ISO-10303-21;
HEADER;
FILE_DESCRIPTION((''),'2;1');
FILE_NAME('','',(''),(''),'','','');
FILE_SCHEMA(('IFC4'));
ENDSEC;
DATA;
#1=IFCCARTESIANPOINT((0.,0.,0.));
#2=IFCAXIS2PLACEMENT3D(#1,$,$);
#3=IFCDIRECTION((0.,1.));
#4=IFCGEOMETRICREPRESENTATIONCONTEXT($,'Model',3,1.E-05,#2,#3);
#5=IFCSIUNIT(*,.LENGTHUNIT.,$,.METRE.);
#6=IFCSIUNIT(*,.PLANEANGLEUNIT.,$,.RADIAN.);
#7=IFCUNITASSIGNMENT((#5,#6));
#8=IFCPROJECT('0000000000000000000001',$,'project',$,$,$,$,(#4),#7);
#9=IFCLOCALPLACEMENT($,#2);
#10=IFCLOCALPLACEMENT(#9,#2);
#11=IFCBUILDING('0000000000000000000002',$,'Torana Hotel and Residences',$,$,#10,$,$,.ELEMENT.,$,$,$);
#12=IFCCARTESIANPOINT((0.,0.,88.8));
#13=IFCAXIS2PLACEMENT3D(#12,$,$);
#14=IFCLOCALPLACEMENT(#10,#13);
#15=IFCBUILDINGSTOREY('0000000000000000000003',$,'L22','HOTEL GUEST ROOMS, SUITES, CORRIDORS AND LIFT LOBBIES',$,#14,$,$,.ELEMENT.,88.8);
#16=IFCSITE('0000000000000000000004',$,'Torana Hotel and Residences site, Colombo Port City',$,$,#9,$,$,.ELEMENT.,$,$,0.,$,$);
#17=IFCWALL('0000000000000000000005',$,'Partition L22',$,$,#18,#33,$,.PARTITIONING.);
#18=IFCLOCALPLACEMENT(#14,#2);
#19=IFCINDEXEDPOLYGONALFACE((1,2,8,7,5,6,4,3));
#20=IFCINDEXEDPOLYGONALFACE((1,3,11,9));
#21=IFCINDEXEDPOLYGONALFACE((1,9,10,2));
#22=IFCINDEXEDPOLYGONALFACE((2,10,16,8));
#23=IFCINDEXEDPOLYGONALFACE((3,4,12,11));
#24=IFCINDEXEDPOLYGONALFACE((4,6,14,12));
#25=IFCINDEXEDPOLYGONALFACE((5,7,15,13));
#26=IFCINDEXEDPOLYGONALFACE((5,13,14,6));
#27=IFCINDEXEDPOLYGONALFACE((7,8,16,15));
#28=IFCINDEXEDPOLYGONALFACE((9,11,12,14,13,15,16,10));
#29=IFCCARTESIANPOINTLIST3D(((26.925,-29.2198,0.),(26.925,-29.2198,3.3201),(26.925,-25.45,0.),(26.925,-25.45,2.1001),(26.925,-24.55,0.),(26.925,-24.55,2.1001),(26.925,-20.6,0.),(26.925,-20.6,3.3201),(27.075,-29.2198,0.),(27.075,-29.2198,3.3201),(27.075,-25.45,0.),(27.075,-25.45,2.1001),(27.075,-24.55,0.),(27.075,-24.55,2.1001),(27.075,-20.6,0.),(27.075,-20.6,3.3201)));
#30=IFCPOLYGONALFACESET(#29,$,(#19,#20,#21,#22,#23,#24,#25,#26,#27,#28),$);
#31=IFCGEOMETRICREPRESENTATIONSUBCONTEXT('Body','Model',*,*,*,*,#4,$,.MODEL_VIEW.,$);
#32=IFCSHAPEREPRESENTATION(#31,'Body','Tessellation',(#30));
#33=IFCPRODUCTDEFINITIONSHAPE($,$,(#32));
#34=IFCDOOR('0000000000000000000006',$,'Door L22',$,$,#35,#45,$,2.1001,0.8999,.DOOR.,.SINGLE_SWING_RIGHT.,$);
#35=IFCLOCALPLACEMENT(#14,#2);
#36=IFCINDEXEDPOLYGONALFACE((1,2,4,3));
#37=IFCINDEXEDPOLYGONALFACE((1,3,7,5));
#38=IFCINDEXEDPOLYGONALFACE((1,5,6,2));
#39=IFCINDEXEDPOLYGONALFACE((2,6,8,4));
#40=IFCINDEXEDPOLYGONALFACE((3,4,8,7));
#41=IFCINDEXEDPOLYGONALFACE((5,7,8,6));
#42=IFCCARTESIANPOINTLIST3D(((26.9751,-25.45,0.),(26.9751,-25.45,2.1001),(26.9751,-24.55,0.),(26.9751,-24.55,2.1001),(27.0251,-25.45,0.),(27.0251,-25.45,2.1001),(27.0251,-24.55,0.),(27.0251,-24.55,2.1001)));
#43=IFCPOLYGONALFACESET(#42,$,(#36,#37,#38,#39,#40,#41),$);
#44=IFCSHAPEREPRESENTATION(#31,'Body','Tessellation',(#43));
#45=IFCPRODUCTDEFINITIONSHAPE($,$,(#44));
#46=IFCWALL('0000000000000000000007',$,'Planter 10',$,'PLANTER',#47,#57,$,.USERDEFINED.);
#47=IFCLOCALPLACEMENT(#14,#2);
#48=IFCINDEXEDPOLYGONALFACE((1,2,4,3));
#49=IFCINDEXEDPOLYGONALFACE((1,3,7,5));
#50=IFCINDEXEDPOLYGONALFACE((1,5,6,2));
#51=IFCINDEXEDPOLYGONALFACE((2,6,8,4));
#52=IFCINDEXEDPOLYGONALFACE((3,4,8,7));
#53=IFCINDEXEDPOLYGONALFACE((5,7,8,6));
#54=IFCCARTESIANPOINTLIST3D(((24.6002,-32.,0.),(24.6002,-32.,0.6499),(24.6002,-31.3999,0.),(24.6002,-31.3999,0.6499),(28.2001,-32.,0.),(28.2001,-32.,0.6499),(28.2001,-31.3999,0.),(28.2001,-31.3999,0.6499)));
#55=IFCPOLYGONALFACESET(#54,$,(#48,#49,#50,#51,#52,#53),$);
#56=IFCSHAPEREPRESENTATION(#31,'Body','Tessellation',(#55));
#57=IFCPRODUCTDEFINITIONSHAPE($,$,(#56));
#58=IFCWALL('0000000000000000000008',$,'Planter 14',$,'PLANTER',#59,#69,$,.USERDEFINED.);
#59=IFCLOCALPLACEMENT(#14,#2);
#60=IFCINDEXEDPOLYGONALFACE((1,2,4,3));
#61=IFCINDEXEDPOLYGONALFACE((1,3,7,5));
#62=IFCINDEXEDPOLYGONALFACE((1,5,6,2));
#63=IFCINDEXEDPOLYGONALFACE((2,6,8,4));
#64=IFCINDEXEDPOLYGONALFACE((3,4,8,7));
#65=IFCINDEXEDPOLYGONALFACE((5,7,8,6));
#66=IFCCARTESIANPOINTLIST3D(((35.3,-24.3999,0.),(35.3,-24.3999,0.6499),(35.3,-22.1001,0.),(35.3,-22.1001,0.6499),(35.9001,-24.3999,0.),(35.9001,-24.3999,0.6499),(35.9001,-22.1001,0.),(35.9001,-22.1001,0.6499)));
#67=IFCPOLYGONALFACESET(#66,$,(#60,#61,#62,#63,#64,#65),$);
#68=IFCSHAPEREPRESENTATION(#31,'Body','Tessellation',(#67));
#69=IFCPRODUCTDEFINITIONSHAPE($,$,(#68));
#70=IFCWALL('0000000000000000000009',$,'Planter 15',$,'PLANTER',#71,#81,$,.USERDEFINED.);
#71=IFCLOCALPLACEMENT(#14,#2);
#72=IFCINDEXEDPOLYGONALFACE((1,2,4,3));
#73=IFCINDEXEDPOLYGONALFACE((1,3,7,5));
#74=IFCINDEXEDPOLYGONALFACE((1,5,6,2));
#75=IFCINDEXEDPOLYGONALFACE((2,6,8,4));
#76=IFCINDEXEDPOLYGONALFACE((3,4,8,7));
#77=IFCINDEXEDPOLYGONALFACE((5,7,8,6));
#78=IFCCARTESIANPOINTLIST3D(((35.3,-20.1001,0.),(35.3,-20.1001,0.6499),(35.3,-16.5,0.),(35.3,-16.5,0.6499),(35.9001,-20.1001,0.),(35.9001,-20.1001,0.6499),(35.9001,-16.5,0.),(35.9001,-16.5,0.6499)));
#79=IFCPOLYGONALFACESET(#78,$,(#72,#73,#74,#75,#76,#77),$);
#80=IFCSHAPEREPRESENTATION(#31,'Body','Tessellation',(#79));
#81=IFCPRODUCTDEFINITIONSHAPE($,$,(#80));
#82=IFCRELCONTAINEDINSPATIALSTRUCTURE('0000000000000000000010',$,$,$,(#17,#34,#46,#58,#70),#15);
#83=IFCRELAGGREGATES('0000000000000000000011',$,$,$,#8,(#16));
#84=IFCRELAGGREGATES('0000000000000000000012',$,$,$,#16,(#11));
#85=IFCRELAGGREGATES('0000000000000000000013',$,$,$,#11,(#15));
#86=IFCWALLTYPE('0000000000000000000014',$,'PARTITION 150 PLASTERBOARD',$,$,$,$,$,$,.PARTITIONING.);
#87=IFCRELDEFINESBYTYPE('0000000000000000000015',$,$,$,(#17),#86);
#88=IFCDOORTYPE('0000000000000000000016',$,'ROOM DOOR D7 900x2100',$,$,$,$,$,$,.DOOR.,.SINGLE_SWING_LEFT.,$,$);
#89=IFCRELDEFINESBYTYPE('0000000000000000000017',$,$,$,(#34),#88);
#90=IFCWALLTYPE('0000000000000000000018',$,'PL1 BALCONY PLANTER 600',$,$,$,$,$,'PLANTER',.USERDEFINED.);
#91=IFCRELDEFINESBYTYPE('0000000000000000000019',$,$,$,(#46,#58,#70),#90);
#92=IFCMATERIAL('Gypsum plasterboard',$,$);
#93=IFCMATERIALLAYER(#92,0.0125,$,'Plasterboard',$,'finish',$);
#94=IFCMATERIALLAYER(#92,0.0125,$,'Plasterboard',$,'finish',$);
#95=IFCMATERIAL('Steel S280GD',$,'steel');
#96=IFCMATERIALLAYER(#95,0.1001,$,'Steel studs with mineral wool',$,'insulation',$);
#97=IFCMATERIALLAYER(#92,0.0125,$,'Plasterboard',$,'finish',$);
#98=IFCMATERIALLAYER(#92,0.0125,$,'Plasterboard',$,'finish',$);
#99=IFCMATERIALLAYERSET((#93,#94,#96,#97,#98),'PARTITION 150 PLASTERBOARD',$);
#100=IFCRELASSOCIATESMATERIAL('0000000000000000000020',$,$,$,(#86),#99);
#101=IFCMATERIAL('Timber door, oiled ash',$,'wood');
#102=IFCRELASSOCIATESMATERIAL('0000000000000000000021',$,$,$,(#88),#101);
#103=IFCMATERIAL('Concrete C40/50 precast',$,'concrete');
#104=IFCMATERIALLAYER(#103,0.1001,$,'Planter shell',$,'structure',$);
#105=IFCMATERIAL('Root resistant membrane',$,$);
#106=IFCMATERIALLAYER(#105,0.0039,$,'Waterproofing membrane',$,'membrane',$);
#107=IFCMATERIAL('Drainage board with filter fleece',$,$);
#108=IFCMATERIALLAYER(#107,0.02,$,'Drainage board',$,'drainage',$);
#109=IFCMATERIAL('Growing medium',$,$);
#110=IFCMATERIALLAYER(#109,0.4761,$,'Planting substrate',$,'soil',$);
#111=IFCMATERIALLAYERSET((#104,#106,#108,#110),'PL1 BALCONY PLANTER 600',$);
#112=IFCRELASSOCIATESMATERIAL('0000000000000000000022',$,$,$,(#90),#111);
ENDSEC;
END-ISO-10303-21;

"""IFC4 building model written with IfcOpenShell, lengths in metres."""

from ifc_helpers import new_model, si_unit, direction, frame, frame_2d, origin, place, context, subcontext, project, spatial, rectangle, extrude, material, layer, layer_set, type_object, element, fill, save


model = new_model("IFC4")

# Units and contexts
model_context = context("Model", 3, precision=1e-05, world=origin(), true_north=direction((0.0, 1.0)))
body_context = subcontext(model_context, "Body", "Model", "MODEL_VIEW")
ifc_project = project(units=[si_unit("LENGTHUNIT", "METRE"), si_unit("PLANEANGLEUNIT", "RADIAN")], contexts=[model_context])

# Site, building, storey
site_placement = place(None, origin())
site = spatial("IfcSite", under=ifc_project, at=site_placement, Name="Torana Hotel and Residences site, Colombo Port City", CompositionType="ELEMENT", RefElevation=0.0)
building_placement = place(site_placement, origin())
building = spatial("IfcBuilding", under=site, at=building_placement, Name="Torana Hotel and Residences", CompositionType="ELEMENT")
storey_placement = place(building_placement, frame((0.0, 0.0, 88.8)))
storey = spatial("IfcBuildingStorey", under=building, at=storey_placement, Name="L22", Description="HOTEL GUEST ROOMS, SUITES, CORRIDORS AND LIFT LOBBIES", CompositionType="ELEMENT", Elevation=88.8)

# Shared definitions
ifc_material_1 = material(Name="Steel S280GD", Category="steel")

# Shared definitions
ifc_material_2 = material(Name="Gypsum plasterboard")
ifc_layer_1 = layer(ifc_material_2, 0.0125, Name="Plasterboard", Category="finish")
ifc_layer_2 = layer(ifc_material_2, 0.0125, Name="Plasterboard", Category="finish")
ifc_layer_3 = layer(ifc_material_1, 0.1001, Name="Steel studs with mineral wool", Category="insulation")
ifc_layer_4 = layer(ifc_material_2, 0.0125, Name="Plasterboard", Category="finish")
ifc_layer_5 = layer(ifc_material_2, 0.0125, Name="Plasterboard", Category="finish")
ifc_layer_set_1 = layer_set([ifc_layer_1, ifc_layer_2, ifc_layer_3, ifc_layer_4, ifc_layer_5], Name="PARTITION 150 PLASTERBOARD")
wall_type_1 = type_object("IfcWallType", Name="PARTITION 150 PLASTERBOARD", PredefinedType="PARTITIONING", material=ifc_layer_set_1)

# Wall, opening, door
wall_1_placement = place(storey_placement, frame((27.0, -29.22, 0.0), z_axis=(0.0, 0.0, 1.0), x_axis=(0.0, 1.0, 0.0)))
wall_1 = element("IfcWall", 1, at=wall_1_placement, inside=storey, type_object=wall_type_1, Name="Partition L22", PredefinedType="PARTITIONING", context=body_context, shape_type="SweptSolid", body=[
    extrude(rectangle(XDim=8.6199, YDim=0.1499, at=frame_2d((4.3101, 0.0))), origin(), (0.0, 0.0, 1.0), 3.3201),
])
opening_1_placement = place(wall_1_placement, frame((3.77, 0.0, 0.0)))
opening_1 = element("IfcOpeningElement", 2, at=opening_1_placement, cuts=wall_1, PredefinedType="OPENING", context=body_context, shape_type="SweptSolid", body=[
    extrude(rectangle(XDim=0.8999, YDim=2.1001, at=frame_2d((0.45, 1.05))), frame((0.0, 0.085, 0.0), z_axis=(0.0, -1.0, 0.0), x_axis=(1.0, 0.0, 0.0)), (0.0, 0.0, 1.0), 0.1699),
])
ifc_material_3 = material(Name="Timber door, oiled ash", Category="wood")
door_type_1 = type_object("IfcDoorType", Name="ROOM DOOR D7 900x2100", OperationType="SINGLE_SWING_LEFT", PredefinedType="DOOR", material=ifc_material_3)
door_1_placement = place(opening_1_placement, origin())
door_1 = element("IfcDoor", 3, at=door_1_placement, inside=storey, type_object=door_type_1, Name="Door L22", OperationType="SINGLE_SWING_RIGHT", OverallHeight=2.1001, OverallWidth=0.8999, PredefinedType="DOOR", context=body_context, shape_type="SweptSolid", body=[
    extrude(rectangle(XDim=0.8999, YDim=2.1001, at=frame_2d((0.45, 1.05))), frame((0.0, 0.0249, 0.0), z_axis=(0.0, -1.0, 0.0), x_axis=(1.0, 0.0, 0.0)), (0.0, 0.0, 1.0), 0.05),
])
fill(opening_1, door_1)

# Walls
ifc_material_4 = material(Name="Concrete C40/50 precast", Category="concrete")
ifc_layer_6 = layer(ifc_material_4, 0.1001, Name="Planter shell", Category="structure")
ifc_material_5 = material(Name="Root resistant membrane")
ifc_layer_7 = layer(ifc_material_5, 0.0039, Name="Waterproofing membrane", Category="membrane")
ifc_material_6 = material(Name="Drainage board with filter fleece")
ifc_layer_8 = layer(ifc_material_6, 0.02, Name="Drainage board", Category="drainage")
ifc_material_7 = material(Name="Growing medium")
ifc_layer_9 = layer(ifc_material_7, 0.4761, Name="Planting substrate", Category="soil")
ifc_layer_set_2 = layer_set([ifc_layer_6, ifc_layer_7, ifc_layer_8, ifc_layer_9], Name="PL1 BALCONY PLANTER 600")
wall_type_2 = type_object("IfcWallType", Name="PL1 BALCONY PLANTER 600", ElementType="PLANTER", PredefinedType="USERDEFINED", material=ifc_layer_set_2)
wall_2_placement = place(storey_placement, frame((28.2, -31.7, 0.0), z_axis=(0.0, 0.0, 1.0), x_axis=(-1.0, 0.0, 0.0)))
element("IfcWall", 4, at=wall_2_placement, inside=storey, type_object=wall_type_2, Name="Planter 10", ObjectType="PLANTER", PredefinedType="USERDEFINED", context=body_context, shape_type="SweptSolid", body=[
    extrude(rectangle(XDim=3.5999, YDim=0.6001, at=frame_2d((1.7998, 0.0))), origin(), (0.0, 0.0, 1.0), 0.6499),
])
wall_3_placement = place(storey_placement, frame((35.6001, -22.1001, 0.0), z_axis=(0.0, 0.0, 1.0), x_axis=(0.0, -1.0, 0.0)))
element("IfcWall", 5, at=wall_3_placement, inside=storey, type_object=wall_type_2, Name="Planter 14", ObjectType="PLANTER", PredefinedType="USERDEFINED", context=body_context, shape_type="SweptSolid", body=[
    extrude(rectangle(XDim=2.2998, YDim=0.6001, at=frame_2d((1.1499, 0.0))), origin(), (0.0, 0.0, 1.0), 0.6499),
])
wall_4_placement = place(storey_placement, frame((35.6001, -16.5, 0.0), z_axis=(0.0, 0.0, 1.0), x_axis=(0.0, -1.0, 0.0)))
element("IfcWall", 6, at=wall_4_placement, inside=storey, type_object=wall_type_2, Name="Planter 15", ObjectType="PLANTER", PredefinedType="USERDEFINED", context=body_context, shape_type="SweptSolid", body=[
    extrude(rectangle(XDim=3.6001, YDim=0.6001, at=frame_2d((1.8, 0.0))), origin(), (0.0, 0.0, 1.0), 0.6499),
])

save(model, "model.ifc")
